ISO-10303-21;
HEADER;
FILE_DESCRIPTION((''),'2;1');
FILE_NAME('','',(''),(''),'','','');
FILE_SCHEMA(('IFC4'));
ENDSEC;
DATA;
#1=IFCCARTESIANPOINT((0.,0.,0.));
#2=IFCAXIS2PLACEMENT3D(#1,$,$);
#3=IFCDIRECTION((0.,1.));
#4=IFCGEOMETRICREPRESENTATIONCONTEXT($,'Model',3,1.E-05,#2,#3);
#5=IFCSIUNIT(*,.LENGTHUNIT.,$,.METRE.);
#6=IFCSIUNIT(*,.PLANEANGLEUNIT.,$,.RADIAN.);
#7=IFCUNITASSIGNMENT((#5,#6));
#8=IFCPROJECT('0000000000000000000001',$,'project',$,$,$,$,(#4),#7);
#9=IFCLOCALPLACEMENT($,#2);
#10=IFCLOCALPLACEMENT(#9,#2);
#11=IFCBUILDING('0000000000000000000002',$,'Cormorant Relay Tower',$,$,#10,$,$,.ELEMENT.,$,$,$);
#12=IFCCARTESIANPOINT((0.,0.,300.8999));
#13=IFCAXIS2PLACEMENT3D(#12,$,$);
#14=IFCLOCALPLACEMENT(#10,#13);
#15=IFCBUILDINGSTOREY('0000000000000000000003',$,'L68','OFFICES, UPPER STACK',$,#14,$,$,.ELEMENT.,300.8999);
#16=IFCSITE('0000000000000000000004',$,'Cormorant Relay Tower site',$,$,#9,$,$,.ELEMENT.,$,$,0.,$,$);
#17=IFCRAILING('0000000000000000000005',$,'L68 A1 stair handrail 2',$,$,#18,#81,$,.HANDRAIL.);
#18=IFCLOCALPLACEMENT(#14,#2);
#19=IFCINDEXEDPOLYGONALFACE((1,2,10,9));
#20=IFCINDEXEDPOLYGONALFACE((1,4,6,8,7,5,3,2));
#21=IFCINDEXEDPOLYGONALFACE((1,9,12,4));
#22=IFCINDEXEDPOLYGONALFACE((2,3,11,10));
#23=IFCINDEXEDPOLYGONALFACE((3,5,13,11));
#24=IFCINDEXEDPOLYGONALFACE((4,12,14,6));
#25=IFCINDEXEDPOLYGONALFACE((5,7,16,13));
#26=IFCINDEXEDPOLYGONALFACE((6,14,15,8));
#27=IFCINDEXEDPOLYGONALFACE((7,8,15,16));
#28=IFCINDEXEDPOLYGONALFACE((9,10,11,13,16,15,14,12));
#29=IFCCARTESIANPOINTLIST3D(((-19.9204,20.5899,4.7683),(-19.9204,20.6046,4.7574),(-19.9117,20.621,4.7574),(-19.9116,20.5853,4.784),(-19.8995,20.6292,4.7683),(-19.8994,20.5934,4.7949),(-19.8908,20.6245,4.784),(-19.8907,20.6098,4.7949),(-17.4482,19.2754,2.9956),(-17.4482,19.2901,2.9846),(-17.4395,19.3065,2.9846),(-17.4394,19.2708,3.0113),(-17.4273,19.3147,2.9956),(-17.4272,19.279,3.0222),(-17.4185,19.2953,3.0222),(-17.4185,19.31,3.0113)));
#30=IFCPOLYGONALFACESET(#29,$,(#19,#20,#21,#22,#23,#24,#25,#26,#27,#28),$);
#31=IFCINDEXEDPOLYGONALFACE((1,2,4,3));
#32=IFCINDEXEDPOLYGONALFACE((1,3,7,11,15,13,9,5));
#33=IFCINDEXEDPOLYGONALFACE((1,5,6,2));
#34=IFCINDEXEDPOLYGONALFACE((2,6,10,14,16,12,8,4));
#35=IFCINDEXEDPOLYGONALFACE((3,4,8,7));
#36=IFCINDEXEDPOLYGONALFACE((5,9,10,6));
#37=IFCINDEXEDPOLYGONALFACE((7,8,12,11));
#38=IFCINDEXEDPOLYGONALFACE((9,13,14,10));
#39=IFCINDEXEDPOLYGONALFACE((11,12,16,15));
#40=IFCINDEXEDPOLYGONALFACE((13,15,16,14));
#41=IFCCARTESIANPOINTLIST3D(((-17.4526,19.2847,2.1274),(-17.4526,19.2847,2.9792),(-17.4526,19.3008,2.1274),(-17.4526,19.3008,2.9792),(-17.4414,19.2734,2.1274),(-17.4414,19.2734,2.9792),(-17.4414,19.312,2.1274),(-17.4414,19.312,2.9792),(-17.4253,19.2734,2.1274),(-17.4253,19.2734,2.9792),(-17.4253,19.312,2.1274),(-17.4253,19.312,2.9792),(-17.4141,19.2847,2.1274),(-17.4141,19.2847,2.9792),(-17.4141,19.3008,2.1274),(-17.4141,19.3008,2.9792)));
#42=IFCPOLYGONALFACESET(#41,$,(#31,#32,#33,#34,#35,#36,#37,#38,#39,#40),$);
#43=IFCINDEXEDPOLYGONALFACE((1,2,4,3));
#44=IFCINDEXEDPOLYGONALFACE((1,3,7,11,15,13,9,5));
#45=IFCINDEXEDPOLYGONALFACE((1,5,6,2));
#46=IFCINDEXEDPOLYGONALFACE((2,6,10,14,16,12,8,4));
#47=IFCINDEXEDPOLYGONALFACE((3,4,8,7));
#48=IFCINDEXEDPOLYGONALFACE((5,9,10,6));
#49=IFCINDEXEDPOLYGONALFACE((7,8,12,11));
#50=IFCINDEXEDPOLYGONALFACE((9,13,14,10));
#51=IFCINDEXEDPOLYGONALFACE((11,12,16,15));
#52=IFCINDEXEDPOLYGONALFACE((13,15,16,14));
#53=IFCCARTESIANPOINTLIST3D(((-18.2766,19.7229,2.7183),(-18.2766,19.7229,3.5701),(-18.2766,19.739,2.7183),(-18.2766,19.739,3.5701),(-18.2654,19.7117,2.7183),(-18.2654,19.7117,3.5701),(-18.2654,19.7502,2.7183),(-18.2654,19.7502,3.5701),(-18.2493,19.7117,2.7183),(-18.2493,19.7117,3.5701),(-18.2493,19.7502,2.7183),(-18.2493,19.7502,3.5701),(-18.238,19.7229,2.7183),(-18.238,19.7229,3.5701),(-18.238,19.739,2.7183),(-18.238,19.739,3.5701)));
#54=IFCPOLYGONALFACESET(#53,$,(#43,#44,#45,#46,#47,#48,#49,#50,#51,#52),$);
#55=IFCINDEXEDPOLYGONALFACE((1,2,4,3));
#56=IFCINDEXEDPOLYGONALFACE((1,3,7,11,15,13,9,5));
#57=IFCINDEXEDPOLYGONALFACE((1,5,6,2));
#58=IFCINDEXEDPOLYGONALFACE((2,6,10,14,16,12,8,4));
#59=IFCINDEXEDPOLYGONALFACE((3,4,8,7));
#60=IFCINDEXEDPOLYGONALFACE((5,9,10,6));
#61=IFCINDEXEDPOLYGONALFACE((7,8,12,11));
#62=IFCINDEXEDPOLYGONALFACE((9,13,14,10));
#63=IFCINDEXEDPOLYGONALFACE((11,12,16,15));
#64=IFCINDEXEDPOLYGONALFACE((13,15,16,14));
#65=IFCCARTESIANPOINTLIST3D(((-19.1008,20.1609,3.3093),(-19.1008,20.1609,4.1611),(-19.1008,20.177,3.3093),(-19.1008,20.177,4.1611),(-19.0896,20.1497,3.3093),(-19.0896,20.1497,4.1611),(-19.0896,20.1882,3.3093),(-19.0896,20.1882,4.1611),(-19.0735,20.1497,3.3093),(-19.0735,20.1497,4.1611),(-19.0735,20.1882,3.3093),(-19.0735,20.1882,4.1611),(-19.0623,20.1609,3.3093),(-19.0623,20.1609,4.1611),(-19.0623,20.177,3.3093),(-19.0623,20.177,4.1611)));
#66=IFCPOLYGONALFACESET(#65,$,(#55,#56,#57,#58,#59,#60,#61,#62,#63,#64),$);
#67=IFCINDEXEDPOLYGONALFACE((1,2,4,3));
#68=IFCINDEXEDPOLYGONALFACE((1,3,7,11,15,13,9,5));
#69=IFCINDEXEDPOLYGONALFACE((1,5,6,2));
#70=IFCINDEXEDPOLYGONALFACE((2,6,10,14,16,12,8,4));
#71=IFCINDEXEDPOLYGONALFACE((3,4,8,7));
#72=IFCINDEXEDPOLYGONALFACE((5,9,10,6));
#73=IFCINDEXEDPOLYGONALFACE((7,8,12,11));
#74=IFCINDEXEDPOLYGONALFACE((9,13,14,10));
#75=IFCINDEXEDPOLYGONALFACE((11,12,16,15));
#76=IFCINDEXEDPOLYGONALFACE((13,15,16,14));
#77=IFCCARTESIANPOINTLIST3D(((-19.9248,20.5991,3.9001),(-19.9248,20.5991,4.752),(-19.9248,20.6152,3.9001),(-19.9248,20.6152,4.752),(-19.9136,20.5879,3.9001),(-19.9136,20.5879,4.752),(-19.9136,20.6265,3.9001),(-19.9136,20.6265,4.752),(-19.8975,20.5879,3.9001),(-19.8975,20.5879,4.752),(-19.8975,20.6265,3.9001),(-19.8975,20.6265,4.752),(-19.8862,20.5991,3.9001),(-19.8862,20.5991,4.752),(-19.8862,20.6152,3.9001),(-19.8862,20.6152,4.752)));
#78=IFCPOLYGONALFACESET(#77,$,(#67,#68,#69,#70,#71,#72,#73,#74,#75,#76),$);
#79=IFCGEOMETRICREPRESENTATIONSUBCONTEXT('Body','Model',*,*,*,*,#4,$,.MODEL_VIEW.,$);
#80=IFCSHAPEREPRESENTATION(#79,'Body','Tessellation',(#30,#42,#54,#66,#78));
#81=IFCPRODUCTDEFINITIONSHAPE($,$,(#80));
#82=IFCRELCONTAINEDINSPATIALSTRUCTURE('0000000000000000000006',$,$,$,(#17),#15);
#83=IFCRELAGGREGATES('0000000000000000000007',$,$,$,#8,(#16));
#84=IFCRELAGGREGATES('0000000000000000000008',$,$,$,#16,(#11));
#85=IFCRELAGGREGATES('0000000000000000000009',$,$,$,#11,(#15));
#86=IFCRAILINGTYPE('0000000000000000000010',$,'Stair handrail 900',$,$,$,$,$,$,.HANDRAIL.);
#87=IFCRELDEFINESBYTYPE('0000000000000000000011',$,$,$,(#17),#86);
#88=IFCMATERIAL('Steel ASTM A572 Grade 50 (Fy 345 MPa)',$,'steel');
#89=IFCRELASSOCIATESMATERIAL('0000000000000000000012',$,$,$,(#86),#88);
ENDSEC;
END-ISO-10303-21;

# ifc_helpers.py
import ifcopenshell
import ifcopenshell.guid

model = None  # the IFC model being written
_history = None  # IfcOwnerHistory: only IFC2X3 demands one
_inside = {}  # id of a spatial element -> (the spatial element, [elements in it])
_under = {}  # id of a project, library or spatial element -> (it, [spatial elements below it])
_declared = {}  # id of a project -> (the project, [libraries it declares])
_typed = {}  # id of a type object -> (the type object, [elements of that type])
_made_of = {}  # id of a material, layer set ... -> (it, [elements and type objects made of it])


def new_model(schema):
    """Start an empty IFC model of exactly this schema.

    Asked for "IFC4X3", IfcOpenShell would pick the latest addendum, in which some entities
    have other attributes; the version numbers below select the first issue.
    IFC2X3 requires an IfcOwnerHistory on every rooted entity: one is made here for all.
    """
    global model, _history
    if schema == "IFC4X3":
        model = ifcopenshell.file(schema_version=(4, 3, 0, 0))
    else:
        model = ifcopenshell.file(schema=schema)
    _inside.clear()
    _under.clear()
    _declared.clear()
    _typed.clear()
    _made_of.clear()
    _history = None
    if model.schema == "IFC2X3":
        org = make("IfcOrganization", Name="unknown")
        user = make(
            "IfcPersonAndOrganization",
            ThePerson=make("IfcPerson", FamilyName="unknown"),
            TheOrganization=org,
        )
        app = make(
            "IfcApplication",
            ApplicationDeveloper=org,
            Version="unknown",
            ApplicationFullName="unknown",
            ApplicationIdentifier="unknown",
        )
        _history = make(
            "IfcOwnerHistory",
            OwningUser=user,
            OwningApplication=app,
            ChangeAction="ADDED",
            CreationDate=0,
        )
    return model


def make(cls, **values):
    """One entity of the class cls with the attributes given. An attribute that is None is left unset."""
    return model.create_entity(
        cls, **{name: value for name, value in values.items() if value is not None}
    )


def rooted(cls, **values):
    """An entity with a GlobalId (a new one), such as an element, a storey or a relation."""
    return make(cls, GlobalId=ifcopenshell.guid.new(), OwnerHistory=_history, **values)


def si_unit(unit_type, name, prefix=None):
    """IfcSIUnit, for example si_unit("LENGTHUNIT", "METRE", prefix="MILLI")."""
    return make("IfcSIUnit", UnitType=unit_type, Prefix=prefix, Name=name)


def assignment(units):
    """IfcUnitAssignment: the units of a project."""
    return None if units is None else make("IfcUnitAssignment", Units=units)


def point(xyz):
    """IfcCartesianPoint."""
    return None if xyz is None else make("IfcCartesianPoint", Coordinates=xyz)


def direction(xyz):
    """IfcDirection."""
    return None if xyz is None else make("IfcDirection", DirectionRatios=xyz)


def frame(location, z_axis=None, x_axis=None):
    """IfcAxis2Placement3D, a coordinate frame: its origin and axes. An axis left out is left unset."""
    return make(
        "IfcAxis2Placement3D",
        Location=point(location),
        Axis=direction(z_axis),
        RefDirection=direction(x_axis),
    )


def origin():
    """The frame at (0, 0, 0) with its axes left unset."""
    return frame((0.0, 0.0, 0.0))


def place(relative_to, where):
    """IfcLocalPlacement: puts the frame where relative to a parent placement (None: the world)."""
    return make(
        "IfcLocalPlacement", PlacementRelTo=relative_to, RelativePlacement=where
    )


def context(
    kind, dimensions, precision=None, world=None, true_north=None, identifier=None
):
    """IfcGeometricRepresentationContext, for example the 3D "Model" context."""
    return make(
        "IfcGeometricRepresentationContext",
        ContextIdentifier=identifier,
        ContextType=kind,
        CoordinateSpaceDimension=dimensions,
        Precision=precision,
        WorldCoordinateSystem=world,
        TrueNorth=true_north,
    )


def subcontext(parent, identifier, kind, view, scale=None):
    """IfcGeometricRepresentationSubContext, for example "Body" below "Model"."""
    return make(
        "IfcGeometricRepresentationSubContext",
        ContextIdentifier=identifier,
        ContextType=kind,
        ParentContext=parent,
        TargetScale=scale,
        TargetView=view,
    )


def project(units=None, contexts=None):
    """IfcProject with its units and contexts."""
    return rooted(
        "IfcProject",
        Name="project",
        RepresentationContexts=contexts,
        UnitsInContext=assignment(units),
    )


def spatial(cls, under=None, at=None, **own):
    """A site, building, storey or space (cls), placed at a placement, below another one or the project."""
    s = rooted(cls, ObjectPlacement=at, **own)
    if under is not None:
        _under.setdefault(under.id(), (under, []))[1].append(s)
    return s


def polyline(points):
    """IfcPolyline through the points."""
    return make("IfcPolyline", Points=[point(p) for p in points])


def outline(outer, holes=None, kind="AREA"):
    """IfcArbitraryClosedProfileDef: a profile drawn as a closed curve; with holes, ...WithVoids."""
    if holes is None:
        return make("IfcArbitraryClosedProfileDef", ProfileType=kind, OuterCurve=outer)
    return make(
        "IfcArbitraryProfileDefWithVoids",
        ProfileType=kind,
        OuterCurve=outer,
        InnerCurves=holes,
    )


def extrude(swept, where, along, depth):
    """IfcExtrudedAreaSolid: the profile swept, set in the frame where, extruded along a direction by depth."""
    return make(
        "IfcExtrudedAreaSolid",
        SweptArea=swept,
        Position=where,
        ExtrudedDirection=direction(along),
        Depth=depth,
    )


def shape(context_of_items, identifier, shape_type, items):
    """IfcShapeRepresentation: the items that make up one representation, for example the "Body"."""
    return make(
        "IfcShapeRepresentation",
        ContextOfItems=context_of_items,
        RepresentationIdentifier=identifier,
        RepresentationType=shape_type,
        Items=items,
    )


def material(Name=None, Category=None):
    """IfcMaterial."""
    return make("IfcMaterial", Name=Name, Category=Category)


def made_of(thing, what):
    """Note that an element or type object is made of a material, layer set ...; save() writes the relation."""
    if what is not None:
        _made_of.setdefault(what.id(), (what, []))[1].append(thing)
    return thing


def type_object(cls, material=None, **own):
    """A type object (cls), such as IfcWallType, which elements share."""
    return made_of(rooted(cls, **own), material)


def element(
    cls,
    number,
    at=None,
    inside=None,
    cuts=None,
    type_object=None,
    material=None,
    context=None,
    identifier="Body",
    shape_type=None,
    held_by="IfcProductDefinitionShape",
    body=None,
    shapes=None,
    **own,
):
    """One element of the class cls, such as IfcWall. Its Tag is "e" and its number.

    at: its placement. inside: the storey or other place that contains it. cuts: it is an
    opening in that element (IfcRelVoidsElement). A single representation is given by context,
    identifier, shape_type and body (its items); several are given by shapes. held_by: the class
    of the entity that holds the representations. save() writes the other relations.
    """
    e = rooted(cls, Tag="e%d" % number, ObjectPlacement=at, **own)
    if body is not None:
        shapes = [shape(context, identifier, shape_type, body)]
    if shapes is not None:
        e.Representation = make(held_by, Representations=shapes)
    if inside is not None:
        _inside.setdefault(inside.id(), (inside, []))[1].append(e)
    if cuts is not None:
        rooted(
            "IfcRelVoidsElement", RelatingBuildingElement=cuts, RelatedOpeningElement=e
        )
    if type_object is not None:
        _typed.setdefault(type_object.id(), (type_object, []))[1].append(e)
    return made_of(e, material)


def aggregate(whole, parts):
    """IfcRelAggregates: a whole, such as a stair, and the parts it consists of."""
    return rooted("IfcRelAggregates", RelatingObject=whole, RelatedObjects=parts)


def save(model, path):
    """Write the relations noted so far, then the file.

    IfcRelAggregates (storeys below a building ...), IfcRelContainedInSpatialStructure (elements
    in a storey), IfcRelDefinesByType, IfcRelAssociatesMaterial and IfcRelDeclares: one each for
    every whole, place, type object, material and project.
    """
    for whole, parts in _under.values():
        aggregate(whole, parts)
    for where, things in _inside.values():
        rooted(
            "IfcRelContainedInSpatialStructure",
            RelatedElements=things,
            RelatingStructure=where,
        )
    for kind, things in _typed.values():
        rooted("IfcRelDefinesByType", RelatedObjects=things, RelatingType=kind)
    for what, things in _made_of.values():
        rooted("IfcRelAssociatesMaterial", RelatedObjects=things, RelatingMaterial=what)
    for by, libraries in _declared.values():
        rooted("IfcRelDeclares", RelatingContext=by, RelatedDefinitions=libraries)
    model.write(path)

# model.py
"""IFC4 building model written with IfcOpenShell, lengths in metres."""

from ifc_helpers import new_model, si_unit, direction, frame, origin, place, context, subcontext, project, spatial, polyline, outline, extrude, material, type_object, element, save


model = new_model("IFC4")

# Units and contexts
model_context = context("Model", 3, precision=1e-05, world=origin(), true_north=direction((0.0, 1.0)))
body_context = subcontext(model_context, "Body", "Model", "MODEL_VIEW")
ifc_project = project(units=[si_unit("LENGTHUNIT", "METRE"), si_unit("PLANEANGLEUNIT", "RADIAN")], contexts=[model_context])

# Site, building, storey
site_placement = place(None, origin())
site = spatial("IfcSite", under=ifc_project, at=site_placement, Name="Cormorant Relay Tower site", CompositionType="ELEMENT", RefElevation=0.0)
building_placement = place(site_placement, origin())
building = spatial("IfcBuilding", under=site, at=building_placement, Name="Cormorant Relay Tower", CompositionType="ELEMENT")
storey_placement = place(building_placement, frame((0.0, 0.0, 300.8999)))
storey = spatial("IfcBuildingStorey", under=building, at=storey_placement, Name="L68", Description="OFFICES, UPPER STACK", CompositionType="ELEMENT", Elevation=300.8999)

# Railing
ifc_material_1 = material(Name="Steel ASTM A572 Grade 50 (Fy 345 MPa)", Category="steel")
railing_type_1 = type_object("IfcRailingType", Name="Stair handrail 900", PredefinedType="HANDRAIL", material=ifc_material_1)
railing_1_placement = place(storey_placement, frame((-17.4333, 19.2927, 2.1274)))
element("IfcRailing", 1, at=railing_1_placement, inside=storey, type_object=railing_type_1, Name="L68 A1 stair handrail 2", PredefinedType="HANDRAIL", context=body_context, shape_type="SweptSolid", body=[
    extrude(outline(polyline([(0.0222, 0.0093), (0.0093, 0.0222), (-0.0093, 0.0222), (-0.0222, 0.0093), (-0.0222, -0.0093), (-0.0093, -0.0222), (0.0093, -0.0222), (0.0222, -0.0093), (0.0222, 0.0093)])), frame((0.0, 0.0, 0.876), z_axis=(-0.746001, 0.396649, 0.534931), x_axis=(-0.469465, -0.882951, 0.0)), (0.0, 0.0, 1.0), 3.314),
    extrude(outline(polyline([(0.0193, 0.0081), (0.0081, 0.0193), (-0.0081, 0.0193), (-0.0193, 0.0081), (-0.0193, -0.0081), (-0.0081, -0.0193), (0.0081, -0.0193), (0.0193, -0.0081), (0.0193, 0.0081)])), origin(), (0.0, 0.0, 1.0), 0.8518),
    extrude(outline(polyline([(0.0193, 0.0081), (0.0081, 0.0193), (-0.0081, 0.0193), (-0.0193, 0.0081), (-0.0193, -0.0081), (-0.0081, -0.0193), (0.0081, -0.0193), (0.0193, -0.0081), (0.0193, 0.0081)])), frame((-0.824, 0.4382, 0.5908)), (0.0, 0.0, 1.0), 0.8518),
    extrude(outline(polyline([(0.0193, 0.0081), (0.0081, 0.0193), (-0.0081, 0.0193), (-0.0193, 0.0081), (-0.0193, -0.0081), (-0.0081, -0.0193), (0.0081, -0.0193), (0.0193, -0.0081), (0.0193, 0.0081)])), frame((-1.6482, 0.8762, 1.1819)), (0.0, 0.0, 1.0), 0.8518),
    extrude(outline(polyline([(0.0193, 0.0081), (0.0081, 0.0193), (-0.0081, 0.0193), (-0.0193, 0.0081), (-0.0193, -0.0081), (-0.0081, -0.0193), (0.0081, -0.0193), (0.0193, -0.0081), (0.0193, 0.0081)])), frame((-2.4722, 1.3145, 1.7727)), (0.0, 0.0, 1.0), 0.8518),
])

save(model, "model.ifc")
